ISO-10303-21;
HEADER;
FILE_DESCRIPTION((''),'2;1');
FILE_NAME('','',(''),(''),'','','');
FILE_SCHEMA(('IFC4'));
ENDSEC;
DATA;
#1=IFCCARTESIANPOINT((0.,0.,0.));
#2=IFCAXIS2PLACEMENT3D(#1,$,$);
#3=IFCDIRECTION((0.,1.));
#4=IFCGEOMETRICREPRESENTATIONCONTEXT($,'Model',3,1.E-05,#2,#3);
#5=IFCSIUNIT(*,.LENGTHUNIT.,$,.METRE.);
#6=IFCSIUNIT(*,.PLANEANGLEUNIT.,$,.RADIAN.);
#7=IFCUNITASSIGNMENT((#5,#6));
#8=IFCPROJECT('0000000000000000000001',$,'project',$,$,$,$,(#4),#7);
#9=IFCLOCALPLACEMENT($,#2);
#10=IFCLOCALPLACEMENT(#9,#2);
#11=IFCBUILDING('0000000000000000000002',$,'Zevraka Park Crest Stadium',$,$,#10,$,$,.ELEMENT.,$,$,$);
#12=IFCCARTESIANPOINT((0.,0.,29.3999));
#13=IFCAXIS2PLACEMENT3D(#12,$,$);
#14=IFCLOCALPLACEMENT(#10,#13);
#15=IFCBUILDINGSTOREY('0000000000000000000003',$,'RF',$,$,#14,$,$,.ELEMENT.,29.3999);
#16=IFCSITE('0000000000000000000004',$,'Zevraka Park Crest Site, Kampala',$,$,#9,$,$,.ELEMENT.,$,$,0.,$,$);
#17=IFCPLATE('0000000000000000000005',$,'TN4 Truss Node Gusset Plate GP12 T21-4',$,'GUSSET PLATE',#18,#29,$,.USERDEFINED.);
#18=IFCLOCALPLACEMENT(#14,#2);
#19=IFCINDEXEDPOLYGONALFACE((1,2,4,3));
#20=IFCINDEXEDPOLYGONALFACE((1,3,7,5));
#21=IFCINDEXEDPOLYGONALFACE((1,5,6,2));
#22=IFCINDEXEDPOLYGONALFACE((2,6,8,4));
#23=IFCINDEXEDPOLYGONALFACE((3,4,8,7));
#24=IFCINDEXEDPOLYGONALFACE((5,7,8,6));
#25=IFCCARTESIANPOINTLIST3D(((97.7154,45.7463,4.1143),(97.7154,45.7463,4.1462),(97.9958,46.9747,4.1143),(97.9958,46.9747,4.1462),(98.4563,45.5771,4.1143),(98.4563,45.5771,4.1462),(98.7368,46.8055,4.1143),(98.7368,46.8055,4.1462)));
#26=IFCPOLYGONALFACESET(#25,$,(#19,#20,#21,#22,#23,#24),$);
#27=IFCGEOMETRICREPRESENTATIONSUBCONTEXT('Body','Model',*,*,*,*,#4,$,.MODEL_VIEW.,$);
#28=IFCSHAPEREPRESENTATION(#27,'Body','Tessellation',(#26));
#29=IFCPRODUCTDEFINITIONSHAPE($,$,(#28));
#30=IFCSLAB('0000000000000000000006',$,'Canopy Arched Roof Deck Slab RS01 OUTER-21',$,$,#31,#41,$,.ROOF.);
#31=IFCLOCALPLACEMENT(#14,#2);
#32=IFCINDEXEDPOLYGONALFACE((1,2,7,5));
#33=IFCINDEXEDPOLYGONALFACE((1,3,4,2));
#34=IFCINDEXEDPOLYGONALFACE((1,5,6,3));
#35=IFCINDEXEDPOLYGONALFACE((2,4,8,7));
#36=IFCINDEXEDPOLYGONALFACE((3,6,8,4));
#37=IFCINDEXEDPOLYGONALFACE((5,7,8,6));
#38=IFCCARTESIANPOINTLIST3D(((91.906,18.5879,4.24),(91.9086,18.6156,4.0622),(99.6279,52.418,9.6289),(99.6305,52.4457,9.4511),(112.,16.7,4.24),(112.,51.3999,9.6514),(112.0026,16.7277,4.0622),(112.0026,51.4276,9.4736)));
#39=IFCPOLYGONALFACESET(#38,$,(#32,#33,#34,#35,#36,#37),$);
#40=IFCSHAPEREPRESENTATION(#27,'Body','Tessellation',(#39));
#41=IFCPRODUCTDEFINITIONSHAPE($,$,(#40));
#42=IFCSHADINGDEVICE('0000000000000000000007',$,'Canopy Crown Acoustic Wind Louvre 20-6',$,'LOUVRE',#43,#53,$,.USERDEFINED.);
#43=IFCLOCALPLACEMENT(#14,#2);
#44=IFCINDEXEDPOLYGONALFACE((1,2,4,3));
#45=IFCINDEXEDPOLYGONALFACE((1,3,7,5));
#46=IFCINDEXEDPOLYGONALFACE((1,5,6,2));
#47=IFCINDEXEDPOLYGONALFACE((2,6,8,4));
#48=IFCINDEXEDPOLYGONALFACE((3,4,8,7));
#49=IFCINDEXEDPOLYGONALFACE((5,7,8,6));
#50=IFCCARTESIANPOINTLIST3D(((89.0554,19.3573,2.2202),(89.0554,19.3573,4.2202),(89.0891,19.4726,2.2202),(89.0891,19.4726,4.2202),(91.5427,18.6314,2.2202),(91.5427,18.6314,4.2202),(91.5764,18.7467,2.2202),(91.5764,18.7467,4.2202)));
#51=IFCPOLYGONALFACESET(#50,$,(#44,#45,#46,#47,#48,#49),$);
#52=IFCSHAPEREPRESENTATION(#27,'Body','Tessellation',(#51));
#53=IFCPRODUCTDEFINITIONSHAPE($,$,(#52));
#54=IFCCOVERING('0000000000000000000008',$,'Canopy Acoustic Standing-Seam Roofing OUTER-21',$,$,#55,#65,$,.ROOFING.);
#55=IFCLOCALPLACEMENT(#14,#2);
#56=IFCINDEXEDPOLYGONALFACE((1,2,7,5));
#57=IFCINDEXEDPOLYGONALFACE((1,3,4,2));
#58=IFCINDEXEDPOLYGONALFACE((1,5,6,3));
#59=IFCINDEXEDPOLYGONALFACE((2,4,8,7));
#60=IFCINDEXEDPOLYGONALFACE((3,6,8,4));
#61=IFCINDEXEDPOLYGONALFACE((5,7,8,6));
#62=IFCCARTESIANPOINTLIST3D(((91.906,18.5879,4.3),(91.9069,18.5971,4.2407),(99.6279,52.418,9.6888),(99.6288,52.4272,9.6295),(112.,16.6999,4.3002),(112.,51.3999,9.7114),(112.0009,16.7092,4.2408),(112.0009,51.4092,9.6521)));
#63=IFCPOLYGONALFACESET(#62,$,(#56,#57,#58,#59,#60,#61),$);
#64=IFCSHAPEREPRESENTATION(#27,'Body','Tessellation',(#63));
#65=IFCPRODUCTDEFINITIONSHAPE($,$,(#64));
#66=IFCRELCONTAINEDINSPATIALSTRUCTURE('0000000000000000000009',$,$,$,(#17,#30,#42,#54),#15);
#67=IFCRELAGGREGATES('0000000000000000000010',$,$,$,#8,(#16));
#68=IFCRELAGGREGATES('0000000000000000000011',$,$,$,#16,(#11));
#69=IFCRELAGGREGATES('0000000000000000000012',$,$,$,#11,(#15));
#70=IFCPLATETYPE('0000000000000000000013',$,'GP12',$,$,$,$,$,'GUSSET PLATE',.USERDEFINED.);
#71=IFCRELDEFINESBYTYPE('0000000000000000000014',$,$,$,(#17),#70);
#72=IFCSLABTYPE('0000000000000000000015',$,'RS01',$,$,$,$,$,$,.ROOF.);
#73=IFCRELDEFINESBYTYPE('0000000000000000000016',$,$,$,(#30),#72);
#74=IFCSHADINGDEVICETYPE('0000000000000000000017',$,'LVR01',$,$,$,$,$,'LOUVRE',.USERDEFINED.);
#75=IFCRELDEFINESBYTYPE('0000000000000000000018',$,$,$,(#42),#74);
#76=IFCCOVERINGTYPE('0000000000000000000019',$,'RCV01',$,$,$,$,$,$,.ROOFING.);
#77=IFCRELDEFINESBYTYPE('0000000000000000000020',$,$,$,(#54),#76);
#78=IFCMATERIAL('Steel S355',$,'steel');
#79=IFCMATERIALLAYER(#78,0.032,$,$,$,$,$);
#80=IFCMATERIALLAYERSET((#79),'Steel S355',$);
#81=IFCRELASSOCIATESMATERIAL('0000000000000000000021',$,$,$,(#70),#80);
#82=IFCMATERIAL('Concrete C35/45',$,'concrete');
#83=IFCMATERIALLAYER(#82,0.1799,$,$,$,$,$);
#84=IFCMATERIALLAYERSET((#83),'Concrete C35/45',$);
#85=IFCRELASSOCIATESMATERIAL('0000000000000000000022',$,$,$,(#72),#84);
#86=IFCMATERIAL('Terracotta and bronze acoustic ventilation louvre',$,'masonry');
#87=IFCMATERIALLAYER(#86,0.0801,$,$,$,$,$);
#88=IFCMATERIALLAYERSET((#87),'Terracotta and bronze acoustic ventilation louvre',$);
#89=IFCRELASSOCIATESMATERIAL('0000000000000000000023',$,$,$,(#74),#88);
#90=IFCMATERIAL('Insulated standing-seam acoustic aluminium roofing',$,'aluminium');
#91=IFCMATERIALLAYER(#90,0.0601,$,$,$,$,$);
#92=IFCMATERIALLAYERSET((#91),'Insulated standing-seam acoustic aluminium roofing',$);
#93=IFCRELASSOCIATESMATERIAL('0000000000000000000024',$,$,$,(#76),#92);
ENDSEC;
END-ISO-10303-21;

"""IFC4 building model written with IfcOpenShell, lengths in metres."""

from ifc_helpers import new_model, si_unit, direction, frame, origin, origin_2d, place, context, subcontext, project, spatial, polyline, rectangle, outline, extrude, material, layer, layer_set, type_object, element, save


model = new_model("IFC4")

# Units and contexts
model_context = context("Model", 3, precision=1e-05, world=origin(), true_north=direction((0.0, 1.0)))
body_context = subcontext(model_context, "Body", "Model", "MODEL_VIEW")
ifc_project = project(units=[si_unit("LENGTHUNIT", "METRE"), si_unit("PLANEANGLEUNIT", "RADIAN")], contexts=[model_context])

# Site, building, storey
site_placement = place(None, origin())
site = spatial("IfcSite", under=ifc_project, at=site_placement, Name="Zevraka Park Crest Site, Kampala", CompositionType="ELEMENT", RefElevation=0.0)
building_placement = place(site_placement, origin())
building = spatial("IfcBuilding", under=site, at=building_placement, Name="Zevraka Park Crest Stadium", CompositionType="ELEMENT")
storey_placement = place(building_placement, frame((0.0, 0.0, 29.3999)))
storey = spatial("IfcBuildingStorey", under=building, at=storey_placement, Name="RF", CompositionType="ELEMENT", Elevation=29.3999)

# Plate
ifc_material_1 = material(Name="Steel S355", Category="steel")
ifc_layer_1 = layer(ifc_material_1, 0.032)
ifc_layer_set_1 = layer_set([ifc_layer_1], Name="Steel S355")
plate_type_1 = type_object("IfcPlateType", Name="GP12", ElementType="GUSSET PLATE", PredefinedType="USERDEFINED", material=ifc_layer_set_1)
plate_1_placement = place(storey_placement, frame((98.2261, 46.2759, 4.1143), z_axis=(0.0, 0.0, 1.0), x_axis=(0.22257, 0.974917, 0.0)))
element("IfcPlate", 1, at=plate_1_placement, inside=storey, type_object=plate_type_1, Name="TN4 Truss Node Gusset Plate GP12 T21-4", ObjectType="GUSSET PLATE", PredefinedType="USERDEFINED", context=body_context, shape_type="SweptSolid", body=[
    extrude(rectangle(XDim=1.26, YDim=0.76, at=origin_2d()), origin(), (0.0, 0.0, 1.0), 0.032),
])

# Slab
ifc_material_2 = material(Name="Concrete C35/45", Category="concrete")
ifc_layer_2 = layer(ifc_material_2, 0.1799)
ifc_layer_set_2 = layer_set([ifc_layer_2], Name="Concrete C35/45")
slab_type = type_object("IfcSlabType", Name="RS01", PredefinedType="ROOF", material=ifc_layer_set_2)
slab_placement = place(storey_placement, frame((91.906, 18.5879, 4.24), z_axis=(-0.014474, -0.15407, 0.987954), x_axis=(0.995615, -0.093543, -0.000002)))
element("IfcSlab", 2, at=slab_placement, inside=storey, type_object=slab_type, Name="Canopy Arched Roof Deck Slab RS01 OUTER-21", PredefinedType="ROOF", context=body_context, shape_type="SweptSolid", body=[
    extrude(outline(polyline([(0.0, 0.0), (20.1825, 0.0), (16.9365, 34.969), (4.5235, 34.8236), (0.0, 0.0)])), origin(), (0.0, 0.0, -1.0), 0.1799),
])

# Shading device
ifc_material_3 = material(Name="Terracotta and bronze acoustic ventilation louvre", Category="masonry")
ifc_layer_3 = layer(ifc_material_3, 0.0801)
ifc_layer_set_3 = layer_set([ifc_layer_3], Name="Terracotta and bronze acoustic ventilation louvre")
shading_device_type = type_object("IfcShadingDeviceType", Name="LVR01", ElementType="LOUVRE", PredefinedType="USERDEFINED", material=ifc_layer_set_3)
shading_device_placement = place(storey_placement, frame((90.3159, 19.052, 2.2202), z_axis=(0.0, 0.0, 1.0), x_axis=(0.959952, -0.280164, 0.0)))
element("IfcShadingDevice", 3, at=shading_device_placement, inside=storey, type_object=shading_device_type, Name="Canopy Crown Acoustic Wind Louvre 20-6", ObjectType="LOUVRE", PredefinedType="USERDEFINED", context=body_context, shape_type="SweptSolid", body=[
    extrude(rectangle(XDim=2.5911, YDim=0.1201, at=origin_2d()), origin(), (0.0, 0.0, 1.0), 2.0),
])

# Covering
ifc_material_4 = material(Name="Insulated standing-seam acoustic aluminium roofing", Category="aluminium")
ifc_layer_4 = layer(ifc_material_4, 0.0601)
ifc_layer_set_4 = layer_set([ifc_layer_4], Name="Insulated standing-seam acoustic aluminium roofing")
covering_type = type_object("IfcCoveringType", Name="RCV01", PredefinedType="ROOFING", material=ifc_layer_set_4)
covering_placement = place(storey_placement, frame((91.906, 18.5879, 4.3), z_axis=(-0.014481, -0.154066, 0.987954), x_axis=(0.995615, -0.093544, 0.000006)))
element("IfcCovering", 4, at=covering_placement, inside=storey, type_object=covering_type, Name="Canopy Acoustic Standing-Seam Roofing OUTER-21", PredefinedType="ROOFING", context=body_context, shape_type="SweptSolid", body=[
    extrude(outline(polyline([(0.0, 0.0), (20.1825, 0.0), (16.9365, 34.969), (4.5235, 34.8235), (0.0, 0.0)])), origin(), (0.0, 0.0, -1.0), 0.0601),
])

save(model, "model.ifc")
